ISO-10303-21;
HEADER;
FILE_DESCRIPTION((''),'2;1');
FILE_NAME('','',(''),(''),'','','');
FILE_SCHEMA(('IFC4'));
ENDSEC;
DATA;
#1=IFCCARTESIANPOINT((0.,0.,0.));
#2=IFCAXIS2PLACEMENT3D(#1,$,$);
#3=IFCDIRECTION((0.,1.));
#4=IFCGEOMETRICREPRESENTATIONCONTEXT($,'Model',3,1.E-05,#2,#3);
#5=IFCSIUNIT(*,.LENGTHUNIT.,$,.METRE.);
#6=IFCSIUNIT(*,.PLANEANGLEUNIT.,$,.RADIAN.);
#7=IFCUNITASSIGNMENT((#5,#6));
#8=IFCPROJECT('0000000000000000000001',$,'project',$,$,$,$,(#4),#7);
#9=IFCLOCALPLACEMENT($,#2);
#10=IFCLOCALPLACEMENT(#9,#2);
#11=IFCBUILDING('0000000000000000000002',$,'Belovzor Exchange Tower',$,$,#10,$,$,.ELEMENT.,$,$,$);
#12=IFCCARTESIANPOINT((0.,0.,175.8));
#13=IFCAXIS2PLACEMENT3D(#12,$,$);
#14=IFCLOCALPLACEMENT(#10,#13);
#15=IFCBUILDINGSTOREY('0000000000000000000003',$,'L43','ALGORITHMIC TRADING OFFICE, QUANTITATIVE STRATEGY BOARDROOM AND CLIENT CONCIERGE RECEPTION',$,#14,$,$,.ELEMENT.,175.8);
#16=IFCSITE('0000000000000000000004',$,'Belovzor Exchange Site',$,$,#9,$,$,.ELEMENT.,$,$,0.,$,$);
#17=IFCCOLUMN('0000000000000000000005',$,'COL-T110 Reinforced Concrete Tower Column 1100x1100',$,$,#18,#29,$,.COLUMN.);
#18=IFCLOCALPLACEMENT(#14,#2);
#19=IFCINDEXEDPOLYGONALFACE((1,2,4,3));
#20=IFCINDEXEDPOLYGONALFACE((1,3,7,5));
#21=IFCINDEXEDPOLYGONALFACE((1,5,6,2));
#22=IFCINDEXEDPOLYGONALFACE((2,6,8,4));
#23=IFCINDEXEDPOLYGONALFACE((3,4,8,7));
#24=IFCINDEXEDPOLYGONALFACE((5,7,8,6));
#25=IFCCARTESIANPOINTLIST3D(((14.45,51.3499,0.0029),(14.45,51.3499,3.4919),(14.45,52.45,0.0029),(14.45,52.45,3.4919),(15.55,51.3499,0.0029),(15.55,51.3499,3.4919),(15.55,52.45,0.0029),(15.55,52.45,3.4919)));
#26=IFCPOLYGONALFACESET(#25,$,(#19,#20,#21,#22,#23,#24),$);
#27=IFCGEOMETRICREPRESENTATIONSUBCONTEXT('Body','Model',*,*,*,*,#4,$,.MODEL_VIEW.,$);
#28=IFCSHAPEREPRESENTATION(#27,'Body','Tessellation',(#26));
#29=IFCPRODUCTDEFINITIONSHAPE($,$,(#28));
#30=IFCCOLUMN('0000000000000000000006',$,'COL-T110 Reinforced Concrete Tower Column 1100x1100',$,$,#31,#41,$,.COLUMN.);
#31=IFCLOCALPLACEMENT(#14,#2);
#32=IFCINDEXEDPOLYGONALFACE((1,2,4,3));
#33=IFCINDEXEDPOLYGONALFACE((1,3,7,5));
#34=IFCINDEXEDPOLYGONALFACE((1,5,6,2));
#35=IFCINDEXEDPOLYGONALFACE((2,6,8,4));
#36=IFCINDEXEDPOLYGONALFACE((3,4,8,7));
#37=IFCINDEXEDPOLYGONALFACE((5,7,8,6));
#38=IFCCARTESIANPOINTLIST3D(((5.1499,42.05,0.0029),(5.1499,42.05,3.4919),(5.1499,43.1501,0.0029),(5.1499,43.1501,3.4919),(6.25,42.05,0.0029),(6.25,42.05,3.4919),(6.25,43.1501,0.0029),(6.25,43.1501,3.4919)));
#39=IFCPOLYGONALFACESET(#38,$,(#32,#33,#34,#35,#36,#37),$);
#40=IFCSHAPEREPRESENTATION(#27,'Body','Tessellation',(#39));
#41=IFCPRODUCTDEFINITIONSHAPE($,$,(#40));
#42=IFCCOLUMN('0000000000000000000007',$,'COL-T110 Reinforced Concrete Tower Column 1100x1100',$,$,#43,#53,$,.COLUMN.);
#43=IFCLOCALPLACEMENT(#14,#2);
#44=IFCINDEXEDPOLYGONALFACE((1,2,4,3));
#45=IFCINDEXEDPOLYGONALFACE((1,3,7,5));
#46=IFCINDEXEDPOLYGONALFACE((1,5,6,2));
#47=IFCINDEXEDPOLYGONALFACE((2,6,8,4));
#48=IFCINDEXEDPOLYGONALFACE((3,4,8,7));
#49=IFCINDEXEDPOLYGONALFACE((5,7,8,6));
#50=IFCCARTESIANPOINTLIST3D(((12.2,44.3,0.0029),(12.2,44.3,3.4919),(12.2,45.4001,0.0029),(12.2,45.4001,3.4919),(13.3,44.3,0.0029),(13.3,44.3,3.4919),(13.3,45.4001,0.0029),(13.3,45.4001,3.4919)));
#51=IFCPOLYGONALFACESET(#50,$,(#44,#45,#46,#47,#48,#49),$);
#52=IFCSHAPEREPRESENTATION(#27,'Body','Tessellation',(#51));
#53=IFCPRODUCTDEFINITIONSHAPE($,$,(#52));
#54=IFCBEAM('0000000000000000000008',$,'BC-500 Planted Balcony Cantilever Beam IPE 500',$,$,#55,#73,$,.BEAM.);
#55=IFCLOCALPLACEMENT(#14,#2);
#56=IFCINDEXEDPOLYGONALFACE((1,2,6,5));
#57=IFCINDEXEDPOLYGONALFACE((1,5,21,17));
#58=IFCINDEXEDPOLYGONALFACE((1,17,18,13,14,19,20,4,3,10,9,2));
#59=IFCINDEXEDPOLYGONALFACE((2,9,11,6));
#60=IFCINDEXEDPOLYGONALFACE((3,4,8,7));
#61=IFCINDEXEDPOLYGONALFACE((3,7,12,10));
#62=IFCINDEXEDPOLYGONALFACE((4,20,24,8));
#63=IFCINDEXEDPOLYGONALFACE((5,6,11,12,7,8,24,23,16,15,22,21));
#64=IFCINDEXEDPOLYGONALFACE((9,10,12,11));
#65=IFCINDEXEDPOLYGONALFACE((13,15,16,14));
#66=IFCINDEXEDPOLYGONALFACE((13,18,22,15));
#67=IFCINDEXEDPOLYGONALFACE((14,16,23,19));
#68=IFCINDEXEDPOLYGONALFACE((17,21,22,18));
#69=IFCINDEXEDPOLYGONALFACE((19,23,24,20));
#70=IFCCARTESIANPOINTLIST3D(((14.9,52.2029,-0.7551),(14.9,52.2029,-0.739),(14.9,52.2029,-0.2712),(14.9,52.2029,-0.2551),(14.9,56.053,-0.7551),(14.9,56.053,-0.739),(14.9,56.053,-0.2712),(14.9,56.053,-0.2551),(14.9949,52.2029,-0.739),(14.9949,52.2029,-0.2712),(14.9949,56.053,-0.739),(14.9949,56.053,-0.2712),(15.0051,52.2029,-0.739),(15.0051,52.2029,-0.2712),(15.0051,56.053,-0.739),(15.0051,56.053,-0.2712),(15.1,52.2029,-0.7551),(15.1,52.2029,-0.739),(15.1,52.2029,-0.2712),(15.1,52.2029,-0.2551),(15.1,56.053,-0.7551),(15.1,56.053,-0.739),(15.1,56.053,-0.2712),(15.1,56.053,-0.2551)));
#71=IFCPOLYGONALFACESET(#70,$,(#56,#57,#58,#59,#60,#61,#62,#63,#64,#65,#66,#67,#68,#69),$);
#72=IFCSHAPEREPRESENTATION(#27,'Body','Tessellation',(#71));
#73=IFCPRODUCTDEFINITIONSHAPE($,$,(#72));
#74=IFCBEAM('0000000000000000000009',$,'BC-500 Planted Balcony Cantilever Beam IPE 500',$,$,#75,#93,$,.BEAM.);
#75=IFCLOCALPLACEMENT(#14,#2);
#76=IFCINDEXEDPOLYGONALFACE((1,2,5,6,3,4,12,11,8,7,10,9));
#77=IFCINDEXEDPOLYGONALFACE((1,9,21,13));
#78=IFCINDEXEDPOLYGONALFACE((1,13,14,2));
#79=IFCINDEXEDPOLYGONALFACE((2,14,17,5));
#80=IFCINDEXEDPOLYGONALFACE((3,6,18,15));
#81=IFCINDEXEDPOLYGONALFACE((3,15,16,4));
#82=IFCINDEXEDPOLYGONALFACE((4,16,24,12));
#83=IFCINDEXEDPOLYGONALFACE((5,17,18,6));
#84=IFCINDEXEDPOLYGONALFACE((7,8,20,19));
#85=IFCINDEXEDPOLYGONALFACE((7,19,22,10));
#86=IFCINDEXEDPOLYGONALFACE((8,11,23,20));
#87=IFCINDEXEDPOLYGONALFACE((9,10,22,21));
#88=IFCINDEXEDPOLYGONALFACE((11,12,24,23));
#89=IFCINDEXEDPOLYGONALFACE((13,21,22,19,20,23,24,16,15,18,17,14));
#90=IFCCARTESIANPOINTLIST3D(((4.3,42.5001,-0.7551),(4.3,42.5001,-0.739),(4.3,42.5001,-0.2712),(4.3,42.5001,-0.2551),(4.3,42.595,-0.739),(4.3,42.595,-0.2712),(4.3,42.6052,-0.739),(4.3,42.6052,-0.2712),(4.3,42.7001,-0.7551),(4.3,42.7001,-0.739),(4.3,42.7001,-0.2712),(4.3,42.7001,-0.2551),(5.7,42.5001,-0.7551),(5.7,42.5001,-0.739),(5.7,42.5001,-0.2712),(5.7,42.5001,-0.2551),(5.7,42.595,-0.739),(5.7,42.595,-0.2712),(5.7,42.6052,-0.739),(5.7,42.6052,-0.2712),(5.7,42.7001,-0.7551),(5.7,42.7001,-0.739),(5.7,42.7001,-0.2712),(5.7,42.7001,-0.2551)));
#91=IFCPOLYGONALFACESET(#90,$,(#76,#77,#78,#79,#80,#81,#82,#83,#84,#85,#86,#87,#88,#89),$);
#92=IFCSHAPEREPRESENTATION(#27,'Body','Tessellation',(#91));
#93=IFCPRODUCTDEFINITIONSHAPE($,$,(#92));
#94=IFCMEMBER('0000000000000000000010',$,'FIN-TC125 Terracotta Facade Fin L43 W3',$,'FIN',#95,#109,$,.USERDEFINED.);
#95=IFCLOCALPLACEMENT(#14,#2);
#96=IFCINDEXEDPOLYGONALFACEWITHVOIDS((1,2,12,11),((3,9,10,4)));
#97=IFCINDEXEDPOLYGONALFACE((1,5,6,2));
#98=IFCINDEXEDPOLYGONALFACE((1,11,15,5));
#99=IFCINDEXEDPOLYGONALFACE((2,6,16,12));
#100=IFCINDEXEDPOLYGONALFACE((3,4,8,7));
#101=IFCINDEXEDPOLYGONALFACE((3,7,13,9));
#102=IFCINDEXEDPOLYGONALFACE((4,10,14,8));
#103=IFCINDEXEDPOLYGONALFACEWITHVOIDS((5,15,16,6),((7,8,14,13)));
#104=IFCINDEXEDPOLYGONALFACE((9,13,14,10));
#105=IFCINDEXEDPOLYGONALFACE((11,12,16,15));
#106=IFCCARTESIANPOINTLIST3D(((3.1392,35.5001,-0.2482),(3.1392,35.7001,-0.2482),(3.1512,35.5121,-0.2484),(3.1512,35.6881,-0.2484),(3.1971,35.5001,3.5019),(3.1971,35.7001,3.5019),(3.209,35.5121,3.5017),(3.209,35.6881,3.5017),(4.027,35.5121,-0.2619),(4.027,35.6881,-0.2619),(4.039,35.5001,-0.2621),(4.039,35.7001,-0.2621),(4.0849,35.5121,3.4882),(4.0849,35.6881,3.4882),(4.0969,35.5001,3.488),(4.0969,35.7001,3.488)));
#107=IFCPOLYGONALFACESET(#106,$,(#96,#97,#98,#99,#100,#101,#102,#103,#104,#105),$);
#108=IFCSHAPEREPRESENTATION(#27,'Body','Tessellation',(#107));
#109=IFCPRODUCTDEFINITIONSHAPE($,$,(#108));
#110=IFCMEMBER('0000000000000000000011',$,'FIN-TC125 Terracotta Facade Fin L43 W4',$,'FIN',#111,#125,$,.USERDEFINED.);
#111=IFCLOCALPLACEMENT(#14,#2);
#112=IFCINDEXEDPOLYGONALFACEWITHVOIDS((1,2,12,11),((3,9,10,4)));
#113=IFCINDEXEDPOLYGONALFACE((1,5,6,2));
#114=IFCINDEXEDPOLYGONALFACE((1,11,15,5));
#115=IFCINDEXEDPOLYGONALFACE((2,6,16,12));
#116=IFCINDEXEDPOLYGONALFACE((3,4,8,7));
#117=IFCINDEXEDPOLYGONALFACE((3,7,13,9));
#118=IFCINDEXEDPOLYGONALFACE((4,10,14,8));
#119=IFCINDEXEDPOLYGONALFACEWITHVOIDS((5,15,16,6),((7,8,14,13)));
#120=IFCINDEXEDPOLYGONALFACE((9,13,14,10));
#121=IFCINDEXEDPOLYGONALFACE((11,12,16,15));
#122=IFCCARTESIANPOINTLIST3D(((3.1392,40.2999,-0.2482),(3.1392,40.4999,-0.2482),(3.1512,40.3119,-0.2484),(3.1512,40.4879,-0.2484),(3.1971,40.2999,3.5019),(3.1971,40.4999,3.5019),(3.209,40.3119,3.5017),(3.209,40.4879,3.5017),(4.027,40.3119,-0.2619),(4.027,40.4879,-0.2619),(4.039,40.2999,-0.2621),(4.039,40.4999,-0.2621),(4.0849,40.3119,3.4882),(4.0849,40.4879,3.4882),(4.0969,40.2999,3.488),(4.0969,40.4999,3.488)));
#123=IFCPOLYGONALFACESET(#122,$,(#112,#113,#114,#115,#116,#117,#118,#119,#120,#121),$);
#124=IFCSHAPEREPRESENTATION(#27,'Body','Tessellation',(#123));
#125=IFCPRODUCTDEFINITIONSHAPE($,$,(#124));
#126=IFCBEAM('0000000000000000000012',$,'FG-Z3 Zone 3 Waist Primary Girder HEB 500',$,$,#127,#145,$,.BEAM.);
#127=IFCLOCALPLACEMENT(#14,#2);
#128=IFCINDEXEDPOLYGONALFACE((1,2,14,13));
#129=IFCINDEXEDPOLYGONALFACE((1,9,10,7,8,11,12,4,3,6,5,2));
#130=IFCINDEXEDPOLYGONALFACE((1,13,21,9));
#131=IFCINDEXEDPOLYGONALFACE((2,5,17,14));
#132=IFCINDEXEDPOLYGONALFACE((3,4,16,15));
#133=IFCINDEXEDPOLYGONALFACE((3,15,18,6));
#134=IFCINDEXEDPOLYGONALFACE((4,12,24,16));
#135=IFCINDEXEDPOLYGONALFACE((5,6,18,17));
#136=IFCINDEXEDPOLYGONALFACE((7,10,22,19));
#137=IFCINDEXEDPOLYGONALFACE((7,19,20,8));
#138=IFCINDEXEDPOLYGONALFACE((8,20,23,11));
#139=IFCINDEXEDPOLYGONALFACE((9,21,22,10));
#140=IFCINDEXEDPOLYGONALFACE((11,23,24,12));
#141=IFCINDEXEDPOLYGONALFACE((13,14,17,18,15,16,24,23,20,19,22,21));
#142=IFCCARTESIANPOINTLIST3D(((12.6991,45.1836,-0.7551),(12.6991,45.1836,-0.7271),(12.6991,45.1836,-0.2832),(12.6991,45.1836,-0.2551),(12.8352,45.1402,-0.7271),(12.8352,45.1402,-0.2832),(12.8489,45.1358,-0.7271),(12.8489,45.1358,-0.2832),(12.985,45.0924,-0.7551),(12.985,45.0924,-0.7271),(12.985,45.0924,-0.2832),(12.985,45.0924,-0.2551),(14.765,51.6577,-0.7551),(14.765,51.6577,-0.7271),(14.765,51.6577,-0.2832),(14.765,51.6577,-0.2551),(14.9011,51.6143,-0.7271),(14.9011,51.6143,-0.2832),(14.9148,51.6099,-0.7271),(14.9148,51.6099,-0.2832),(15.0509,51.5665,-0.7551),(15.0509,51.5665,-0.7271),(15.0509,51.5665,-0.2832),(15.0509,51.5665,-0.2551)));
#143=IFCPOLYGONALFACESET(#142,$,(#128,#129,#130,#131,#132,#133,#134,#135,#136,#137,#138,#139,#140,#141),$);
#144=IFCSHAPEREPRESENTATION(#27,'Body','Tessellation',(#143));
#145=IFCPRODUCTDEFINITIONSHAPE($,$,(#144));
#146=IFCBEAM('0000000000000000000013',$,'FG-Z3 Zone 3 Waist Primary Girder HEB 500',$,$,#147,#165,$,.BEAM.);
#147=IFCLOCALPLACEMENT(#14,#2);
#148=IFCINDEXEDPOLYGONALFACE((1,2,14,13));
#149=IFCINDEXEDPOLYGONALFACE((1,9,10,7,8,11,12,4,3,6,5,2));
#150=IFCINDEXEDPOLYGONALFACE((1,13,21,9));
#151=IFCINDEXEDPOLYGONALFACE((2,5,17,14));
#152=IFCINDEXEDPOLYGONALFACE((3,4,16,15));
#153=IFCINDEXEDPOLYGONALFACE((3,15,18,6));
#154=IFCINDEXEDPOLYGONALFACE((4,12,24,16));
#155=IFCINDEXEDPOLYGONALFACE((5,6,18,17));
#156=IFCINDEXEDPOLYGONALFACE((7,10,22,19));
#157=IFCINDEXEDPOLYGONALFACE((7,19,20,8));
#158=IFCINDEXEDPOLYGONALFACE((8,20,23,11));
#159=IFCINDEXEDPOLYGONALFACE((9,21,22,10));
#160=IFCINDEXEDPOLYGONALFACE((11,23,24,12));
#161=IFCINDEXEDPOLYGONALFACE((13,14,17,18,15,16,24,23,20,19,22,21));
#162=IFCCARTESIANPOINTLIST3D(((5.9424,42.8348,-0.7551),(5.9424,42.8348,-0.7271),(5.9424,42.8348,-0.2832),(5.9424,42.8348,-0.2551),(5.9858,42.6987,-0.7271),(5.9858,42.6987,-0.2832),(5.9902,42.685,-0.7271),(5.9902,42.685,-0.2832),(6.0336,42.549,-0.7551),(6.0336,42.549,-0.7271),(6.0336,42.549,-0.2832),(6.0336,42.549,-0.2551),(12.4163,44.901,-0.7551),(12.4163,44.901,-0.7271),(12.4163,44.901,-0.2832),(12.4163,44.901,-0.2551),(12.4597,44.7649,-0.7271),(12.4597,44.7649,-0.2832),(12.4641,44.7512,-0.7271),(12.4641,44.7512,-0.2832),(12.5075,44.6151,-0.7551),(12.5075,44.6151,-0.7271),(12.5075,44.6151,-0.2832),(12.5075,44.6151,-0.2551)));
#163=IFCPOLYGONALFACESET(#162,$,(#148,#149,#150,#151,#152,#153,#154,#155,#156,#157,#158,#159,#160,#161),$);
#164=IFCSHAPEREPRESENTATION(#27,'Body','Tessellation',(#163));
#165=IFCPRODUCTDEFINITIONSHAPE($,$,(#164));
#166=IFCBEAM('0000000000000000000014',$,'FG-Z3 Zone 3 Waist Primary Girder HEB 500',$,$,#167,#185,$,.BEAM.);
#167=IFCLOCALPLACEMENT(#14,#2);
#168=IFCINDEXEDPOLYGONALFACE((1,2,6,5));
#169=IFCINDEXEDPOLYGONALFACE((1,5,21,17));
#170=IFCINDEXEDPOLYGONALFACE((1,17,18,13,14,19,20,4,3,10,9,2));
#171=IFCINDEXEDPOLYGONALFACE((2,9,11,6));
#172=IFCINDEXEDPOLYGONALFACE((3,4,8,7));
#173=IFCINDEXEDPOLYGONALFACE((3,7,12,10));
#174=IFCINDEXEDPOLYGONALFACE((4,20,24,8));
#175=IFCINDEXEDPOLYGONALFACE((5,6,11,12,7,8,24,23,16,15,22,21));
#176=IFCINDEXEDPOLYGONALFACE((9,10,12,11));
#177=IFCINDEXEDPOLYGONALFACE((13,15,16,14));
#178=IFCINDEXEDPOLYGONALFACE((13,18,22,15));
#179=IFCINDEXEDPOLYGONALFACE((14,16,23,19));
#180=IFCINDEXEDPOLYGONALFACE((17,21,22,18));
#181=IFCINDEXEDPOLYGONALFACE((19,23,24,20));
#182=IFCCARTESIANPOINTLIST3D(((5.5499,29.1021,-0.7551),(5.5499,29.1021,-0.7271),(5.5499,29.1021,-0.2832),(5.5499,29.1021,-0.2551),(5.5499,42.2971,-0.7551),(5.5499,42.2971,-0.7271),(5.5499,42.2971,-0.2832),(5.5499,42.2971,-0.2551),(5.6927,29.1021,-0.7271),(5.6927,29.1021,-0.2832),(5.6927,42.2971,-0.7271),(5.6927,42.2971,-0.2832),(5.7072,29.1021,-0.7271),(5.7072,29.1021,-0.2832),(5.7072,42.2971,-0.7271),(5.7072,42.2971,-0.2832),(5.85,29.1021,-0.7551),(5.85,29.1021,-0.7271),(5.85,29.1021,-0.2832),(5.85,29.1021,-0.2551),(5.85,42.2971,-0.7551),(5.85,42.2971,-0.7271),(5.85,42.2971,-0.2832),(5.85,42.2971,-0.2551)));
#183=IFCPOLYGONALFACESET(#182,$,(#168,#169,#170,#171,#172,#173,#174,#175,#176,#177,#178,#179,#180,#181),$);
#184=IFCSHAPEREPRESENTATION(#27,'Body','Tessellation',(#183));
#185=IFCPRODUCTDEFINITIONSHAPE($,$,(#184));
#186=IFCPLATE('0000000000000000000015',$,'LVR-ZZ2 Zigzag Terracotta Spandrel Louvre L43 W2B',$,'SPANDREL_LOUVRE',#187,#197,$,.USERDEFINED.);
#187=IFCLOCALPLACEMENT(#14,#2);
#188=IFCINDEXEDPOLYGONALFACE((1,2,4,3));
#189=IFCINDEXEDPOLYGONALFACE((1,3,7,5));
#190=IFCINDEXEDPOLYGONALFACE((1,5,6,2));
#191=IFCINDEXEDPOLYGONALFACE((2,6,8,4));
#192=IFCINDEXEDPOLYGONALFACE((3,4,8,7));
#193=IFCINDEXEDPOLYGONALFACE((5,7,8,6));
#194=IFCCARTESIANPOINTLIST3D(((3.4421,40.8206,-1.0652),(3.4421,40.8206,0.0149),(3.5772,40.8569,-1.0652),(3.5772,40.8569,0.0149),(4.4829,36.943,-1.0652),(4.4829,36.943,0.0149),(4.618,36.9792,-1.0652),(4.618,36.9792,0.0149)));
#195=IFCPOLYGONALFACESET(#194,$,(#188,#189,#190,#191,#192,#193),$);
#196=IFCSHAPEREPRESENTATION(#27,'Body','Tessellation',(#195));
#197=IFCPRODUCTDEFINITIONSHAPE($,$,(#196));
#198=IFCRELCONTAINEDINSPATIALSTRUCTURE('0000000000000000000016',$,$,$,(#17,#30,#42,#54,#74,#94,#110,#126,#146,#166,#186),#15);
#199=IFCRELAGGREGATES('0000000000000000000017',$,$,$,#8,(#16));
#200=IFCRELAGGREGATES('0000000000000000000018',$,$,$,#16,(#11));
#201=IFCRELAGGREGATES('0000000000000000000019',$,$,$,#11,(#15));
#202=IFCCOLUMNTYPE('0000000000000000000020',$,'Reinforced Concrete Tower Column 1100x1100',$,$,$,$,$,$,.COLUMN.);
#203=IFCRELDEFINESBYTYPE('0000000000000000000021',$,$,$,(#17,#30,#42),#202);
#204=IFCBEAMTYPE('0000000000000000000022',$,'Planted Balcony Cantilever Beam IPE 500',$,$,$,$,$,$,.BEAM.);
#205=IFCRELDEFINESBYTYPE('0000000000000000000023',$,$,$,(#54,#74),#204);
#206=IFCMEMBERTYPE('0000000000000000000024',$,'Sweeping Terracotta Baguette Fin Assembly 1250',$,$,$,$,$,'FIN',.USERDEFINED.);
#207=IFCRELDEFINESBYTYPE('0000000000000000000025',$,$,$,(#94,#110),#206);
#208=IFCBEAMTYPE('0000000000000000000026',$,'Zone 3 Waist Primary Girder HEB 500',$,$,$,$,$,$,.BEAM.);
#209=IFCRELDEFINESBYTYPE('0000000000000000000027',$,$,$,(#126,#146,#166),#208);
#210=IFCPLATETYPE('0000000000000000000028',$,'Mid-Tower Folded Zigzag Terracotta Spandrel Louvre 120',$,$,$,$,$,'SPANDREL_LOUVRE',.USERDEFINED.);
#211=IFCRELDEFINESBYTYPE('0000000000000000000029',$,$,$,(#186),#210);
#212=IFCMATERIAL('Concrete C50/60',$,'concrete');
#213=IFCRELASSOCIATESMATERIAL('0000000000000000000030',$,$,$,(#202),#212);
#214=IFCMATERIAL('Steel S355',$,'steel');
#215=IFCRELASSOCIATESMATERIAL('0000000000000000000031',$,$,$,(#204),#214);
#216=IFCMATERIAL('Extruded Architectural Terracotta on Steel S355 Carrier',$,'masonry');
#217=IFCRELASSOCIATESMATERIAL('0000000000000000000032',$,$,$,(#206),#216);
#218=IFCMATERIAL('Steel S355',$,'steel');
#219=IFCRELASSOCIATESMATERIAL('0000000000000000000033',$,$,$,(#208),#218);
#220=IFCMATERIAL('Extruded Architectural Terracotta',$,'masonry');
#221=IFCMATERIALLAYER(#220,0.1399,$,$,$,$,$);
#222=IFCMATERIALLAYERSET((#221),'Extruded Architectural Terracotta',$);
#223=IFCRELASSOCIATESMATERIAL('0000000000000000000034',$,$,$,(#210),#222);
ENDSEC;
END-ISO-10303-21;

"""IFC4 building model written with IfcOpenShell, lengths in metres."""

from ifc_helpers import new_model, si_unit, direction, frame, origin, origin_2d, place, context, subcontext, project, spatial, rectangle, hollow_rectangle, i_section, extrude, material, layer, layer_set, material_profile, profile_set, type_object, element, save


model = new_model("IFC4")

# Units and contexts
model_context = context("Model", 3, precision=1e-05, world=origin(), true_north=direction((0.0, 1.0)))
body_context = subcontext(model_context, "Body", "Model", "MODEL_VIEW")
ifc_project = project(units=[si_unit("LENGTHUNIT", "METRE"), si_unit("PLANEANGLEUNIT", "RADIAN")], contexts=[model_context])

# Site, building, storey
site_placement = place(None, origin())
site = spatial("IfcSite", under=ifc_project, at=site_placement, Name="Belovzor Exchange Site", CompositionType="ELEMENT", RefElevation=0.0)
building_placement = place(site_placement, origin())
building = spatial("IfcBuilding", under=site, at=building_placement, Name="Belovzor Exchange Tower", CompositionType="ELEMENT")
storey_placement = place(building_placement, frame((0.0, 0.0, 175.8)))
storey = spatial("IfcBuildingStorey", under=building, at=storey_placement, Name="L43", Description="ALGORITHMIC TRADING OFFICE, QUANTITATIVE STRATEGY BOARDROOM AND CLIENT CONCIERGE RECEPTION", CompositionType="ELEMENT", Elevation=175.8)

# Columns
ifc_material_1 = material(Name="Concrete C50/60", Category="concrete")
ifc_material_profile_1 = material_profile(ifc_material_1, rectangle(XDim=1.1001, YDim=1.1001, at=origin_2d()))
ifc_profile_set_1 = profile_set([ifc_material_profile_1], Name="Concrete C50/60")
column_type = type_object("IfcColumnType", Name="Reinforced Concrete Tower Column 1100x1100", PredefinedType="COLUMN", material=ifc_profile_set_1)
for number, where, z_axis, x_axis, name in (
    (1, (15.0, 51.8999, 0.0029), (0.0, 0.0, 1.0), (1.0, 0.0, 0.0), "COL-T110 Reinforced Concrete Tower Column 1100x1100"),
    (2, (5.7, 42.6001, 0.0029), (0.0, 0.0, 1.0), (1.0, 0.0, 0.0), "COL-T110 Reinforced Concrete Tower Column 1100x1100"),
    (3, (12.75, 44.8501, 0.0029), (0.0, 0.0, 1.0), (1.0, 0.0, 0.0), "COL-T110 Reinforced Concrete Tower Column 1100x1100"),
):
    element("IfcColumn", number, at=place(storey_placement, frame(where, z_axis=z_axis, x_axis=x_axis)), inside=storey, type_object=column_type, Name=name, PredefinedType="COLUMN", context=body_context, shape_type="SweptSolid", body=[
        extrude(rectangle(XDim=1.1001, YDim=1.1001, at=origin_2d()), origin(), (0.0, 0.0, 1.0), 3.489),
    ])

# Beams
ifc_material_2 = material(Name="Steel S355", Category="steel")
ifc_material_profile_2 = material_profile(ifc_material_2, i_section(OverallWidth=0.2, OverallDepth=0.5, WebThickness=0.0103, FlangeThickness=0.0161, at=origin_2d()))
ifc_profile_set_2 = profile_set([ifc_material_profile_2], Name="Steel S355")
beam_type_1 = type_object("IfcBeamType", Name="Planted Balcony Cantilever Beam IPE 500", PredefinedType="BEAM", material=ifc_profile_set_2)
beam_1_placement = place(storey_placement, frame((15.0, 52.2029, -0.5051), z_axis=(0.0, 1.0, 0.0), x_axis=(-1.0, 0.0, 0.0)))
element("IfcBeam", 4, at=beam_1_placement, inside=storey, type_object=beam_type_1, Name="BC-500 Planted Balcony Cantilever Beam IPE 500", PredefinedType="BEAM", context=body_context, shape_type="SweptSolid", body=[
    extrude(i_section(OverallWidth=0.2, OverallDepth=0.5, WebThickness=0.0103, FlangeThickness=0.0161, at=origin_2d()), origin(), (0.0, 0.0, 1.0), 3.8501),
])
beam_2_placement = place(storey_placement, frame((5.7, 42.6001, -0.5051), z_axis=(-1.0, 0.0, 0.0), x_axis=(0.0, -1.0, 0.0)))
element("IfcBeam", 5, at=beam_2_placement, inside=storey, type_object=beam_type_1, Name="BC-500 Planted Balcony Cantilever Beam IPE 500", PredefinedType="BEAM", context=body_context, shape_type="SweptSolid", body=[
    extrude(i_section(OverallWidth=0.2, OverallDepth=0.5, WebThickness=0.0103, FlangeThickness=0.0161, at=origin_2d()), origin(), (0.0, 0.0, 1.0), 1.3999),
])

# Members
ifc_material_3 = material(Name="Extruded Architectural Terracotta on Steel S355 Carrier", Category="masonry")
ifc_material_profile_3 = material_profile(ifc_material_3, hollow_rectangle(XDim=0.2, YDim=0.8999, WallThickness=0.012, at=origin_2d()))
ifc_profile_set_3 = profile_set([ifc_material_profile_3], Name="Extruded Architectural Terracotta on Steel S355 Carrier")
member_type = type_object("IfcMemberType", Name="Sweeping Terracotta Baguette Fin Assembly 1250", ElementType="FIN", PredefinedType="USERDEFINED", material=ifc_profile_set_3)
for number, where, z_axis, x_axis, name in (
    (6, (3.5891, 35.6001, -0.2551), (0.015428, 0.0, 0.999881), (0.0, 1.0, 0.0), "FIN-TC125 Terracotta Facade Fin L43 W3"),
    (7, (3.5891, 40.3999, -0.2551), (0.015428, 0.0, 0.999881), (0.0, 1.0, 0.0), "FIN-TC125 Terracotta Facade Fin L43 W4"),
):
    element("IfcMember", number, at=place(storey_placement, frame(where, z_axis=z_axis, x_axis=x_axis)), inside=storey, type_object=member_type, Name=name, ObjectType="FIN", PredefinedType="USERDEFINED", context=body_context, shape_type="SweptSolid", body=[
        extrude(hollow_rectangle(XDim=0.2, YDim=0.8999, WallThickness=0.012, at=origin_2d()), origin(), (0.0, 0.0, 1.0), 3.7505),
    ])

# Beams
ifc_material_4 = material(Name="Steel S355", Category="steel")
ifc_material_profile_4 = material_profile(ifc_material_4, i_section(OverallWidth=0.3, OverallDepth=0.5, WebThickness=0.0144, FlangeThickness=0.0281, at=origin_2d()))
ifc_profile_set_4 = profile_set([ifc_material_profile_4], Name="Steel S355")
beam_type_2 = type_object("IfcBeamType", Name="Zone 3 Waist Primary Girder HEB 500", PredefinedType="BEAM", material=ifc_profile_set_4)
for number, where, z_axis, x_axis, name in (
    (8, (14.908, 51.6121, -0.5051), (-0.304001, -0.952672, 0.0), (0.952672, -0.304001, 0.0), "FG-Z3 Zone 3 Waist Primary Girder HEB 500"),
    (9, (12.4619, 44.7581, -0.5051), (-0.952658, -0.304044, 0.0), (0.304044, -0.952658, 0.0), "FG-Z3 Zone 3 Waist Primary Girder HEB 500"),
):
    element("IfcBeam", number, at=place(storey_placement, frame(where, z_axis=z_axis, x_axis=x_axis)), inside=storey, type_object=beam_type_2, Name=name, PredefinedType="BEAM", context=body_context, shape_type="SweptSolid", body=[
        extrude(i_section(OverallWidth=0.3, OverallDepth=0.5, WebThickness=0.0144, FlangeThickness=0.0281, at=origin_2d()), origin(), (0.0, 0.0, 1.0), 6.7957),
    ])
beam_3_placement = place(storey_placement, frame((5.7, 42.2971, -0.5051), z_axis=(0.0, -1.0, 0.0), x_axis=(1.0, 0.0, 0.0)))
element("IfcBeam", 10, at=beam_3_placement, inside=storey, type_object=beam_type_2, Name="FG-Z3 Zone 3 Waist Primary Girder HEB 500", PredefinedType="BEAM", context=body_context, shape_type="SweptSolid", body=[
    extrude(i_section(OverallWidth=0.3, OverallDepth=0.5, WebThickness=0.0144, FlangeThickness=0.0281, at=origin_2d()), origin(), (0.0, 0.0, 1.0), 13.1951),
])

# Plate
ifc_material_5 = material(Name="Extruded Architectural Terracotta", Category="masonry")
ifc_layer_1 = layer(ifc_material_5, 0.1399)
ifc_layer_set_1 = layer_set([ifc_layer_1], Name="Extruded Architectural Terracotta")
plate_type = type_object("IfcPlateType", Name="Mid-Tower Folded Zigzag Terracotta Spandrel Louvre 120", ElementType="SPANDREL_LOUVRE", PredefinedType="USERDEFINED", material=ifc_layer_set_1)
plate_placement = place(storey_placement, frame((4.03, 38.8999, -1.0652), z_axis=(0.0, 0.0, 1.0), x_axis=(-0.25924, 0.965813, 0.0)))
element("IfcPlate", 11, at=plate_placement, inside=storey, type_object=plate_type, Name="LVR-ZZ2 Zigzag Terracotta Spandrel Louvre L43 W2B", ObjectType="SPANDREL_LOUVRE", PredefinedType="USERDEFINED", context=body_context, shape_type="SweptSolid", body=[
    extrude(rectangle(XDim=4.0149, YDim=0.1399, at=origin_2d()), origin(), (0.0, 0.0, 1.0), 1.0801),
])

save(model, "model.ifc")
